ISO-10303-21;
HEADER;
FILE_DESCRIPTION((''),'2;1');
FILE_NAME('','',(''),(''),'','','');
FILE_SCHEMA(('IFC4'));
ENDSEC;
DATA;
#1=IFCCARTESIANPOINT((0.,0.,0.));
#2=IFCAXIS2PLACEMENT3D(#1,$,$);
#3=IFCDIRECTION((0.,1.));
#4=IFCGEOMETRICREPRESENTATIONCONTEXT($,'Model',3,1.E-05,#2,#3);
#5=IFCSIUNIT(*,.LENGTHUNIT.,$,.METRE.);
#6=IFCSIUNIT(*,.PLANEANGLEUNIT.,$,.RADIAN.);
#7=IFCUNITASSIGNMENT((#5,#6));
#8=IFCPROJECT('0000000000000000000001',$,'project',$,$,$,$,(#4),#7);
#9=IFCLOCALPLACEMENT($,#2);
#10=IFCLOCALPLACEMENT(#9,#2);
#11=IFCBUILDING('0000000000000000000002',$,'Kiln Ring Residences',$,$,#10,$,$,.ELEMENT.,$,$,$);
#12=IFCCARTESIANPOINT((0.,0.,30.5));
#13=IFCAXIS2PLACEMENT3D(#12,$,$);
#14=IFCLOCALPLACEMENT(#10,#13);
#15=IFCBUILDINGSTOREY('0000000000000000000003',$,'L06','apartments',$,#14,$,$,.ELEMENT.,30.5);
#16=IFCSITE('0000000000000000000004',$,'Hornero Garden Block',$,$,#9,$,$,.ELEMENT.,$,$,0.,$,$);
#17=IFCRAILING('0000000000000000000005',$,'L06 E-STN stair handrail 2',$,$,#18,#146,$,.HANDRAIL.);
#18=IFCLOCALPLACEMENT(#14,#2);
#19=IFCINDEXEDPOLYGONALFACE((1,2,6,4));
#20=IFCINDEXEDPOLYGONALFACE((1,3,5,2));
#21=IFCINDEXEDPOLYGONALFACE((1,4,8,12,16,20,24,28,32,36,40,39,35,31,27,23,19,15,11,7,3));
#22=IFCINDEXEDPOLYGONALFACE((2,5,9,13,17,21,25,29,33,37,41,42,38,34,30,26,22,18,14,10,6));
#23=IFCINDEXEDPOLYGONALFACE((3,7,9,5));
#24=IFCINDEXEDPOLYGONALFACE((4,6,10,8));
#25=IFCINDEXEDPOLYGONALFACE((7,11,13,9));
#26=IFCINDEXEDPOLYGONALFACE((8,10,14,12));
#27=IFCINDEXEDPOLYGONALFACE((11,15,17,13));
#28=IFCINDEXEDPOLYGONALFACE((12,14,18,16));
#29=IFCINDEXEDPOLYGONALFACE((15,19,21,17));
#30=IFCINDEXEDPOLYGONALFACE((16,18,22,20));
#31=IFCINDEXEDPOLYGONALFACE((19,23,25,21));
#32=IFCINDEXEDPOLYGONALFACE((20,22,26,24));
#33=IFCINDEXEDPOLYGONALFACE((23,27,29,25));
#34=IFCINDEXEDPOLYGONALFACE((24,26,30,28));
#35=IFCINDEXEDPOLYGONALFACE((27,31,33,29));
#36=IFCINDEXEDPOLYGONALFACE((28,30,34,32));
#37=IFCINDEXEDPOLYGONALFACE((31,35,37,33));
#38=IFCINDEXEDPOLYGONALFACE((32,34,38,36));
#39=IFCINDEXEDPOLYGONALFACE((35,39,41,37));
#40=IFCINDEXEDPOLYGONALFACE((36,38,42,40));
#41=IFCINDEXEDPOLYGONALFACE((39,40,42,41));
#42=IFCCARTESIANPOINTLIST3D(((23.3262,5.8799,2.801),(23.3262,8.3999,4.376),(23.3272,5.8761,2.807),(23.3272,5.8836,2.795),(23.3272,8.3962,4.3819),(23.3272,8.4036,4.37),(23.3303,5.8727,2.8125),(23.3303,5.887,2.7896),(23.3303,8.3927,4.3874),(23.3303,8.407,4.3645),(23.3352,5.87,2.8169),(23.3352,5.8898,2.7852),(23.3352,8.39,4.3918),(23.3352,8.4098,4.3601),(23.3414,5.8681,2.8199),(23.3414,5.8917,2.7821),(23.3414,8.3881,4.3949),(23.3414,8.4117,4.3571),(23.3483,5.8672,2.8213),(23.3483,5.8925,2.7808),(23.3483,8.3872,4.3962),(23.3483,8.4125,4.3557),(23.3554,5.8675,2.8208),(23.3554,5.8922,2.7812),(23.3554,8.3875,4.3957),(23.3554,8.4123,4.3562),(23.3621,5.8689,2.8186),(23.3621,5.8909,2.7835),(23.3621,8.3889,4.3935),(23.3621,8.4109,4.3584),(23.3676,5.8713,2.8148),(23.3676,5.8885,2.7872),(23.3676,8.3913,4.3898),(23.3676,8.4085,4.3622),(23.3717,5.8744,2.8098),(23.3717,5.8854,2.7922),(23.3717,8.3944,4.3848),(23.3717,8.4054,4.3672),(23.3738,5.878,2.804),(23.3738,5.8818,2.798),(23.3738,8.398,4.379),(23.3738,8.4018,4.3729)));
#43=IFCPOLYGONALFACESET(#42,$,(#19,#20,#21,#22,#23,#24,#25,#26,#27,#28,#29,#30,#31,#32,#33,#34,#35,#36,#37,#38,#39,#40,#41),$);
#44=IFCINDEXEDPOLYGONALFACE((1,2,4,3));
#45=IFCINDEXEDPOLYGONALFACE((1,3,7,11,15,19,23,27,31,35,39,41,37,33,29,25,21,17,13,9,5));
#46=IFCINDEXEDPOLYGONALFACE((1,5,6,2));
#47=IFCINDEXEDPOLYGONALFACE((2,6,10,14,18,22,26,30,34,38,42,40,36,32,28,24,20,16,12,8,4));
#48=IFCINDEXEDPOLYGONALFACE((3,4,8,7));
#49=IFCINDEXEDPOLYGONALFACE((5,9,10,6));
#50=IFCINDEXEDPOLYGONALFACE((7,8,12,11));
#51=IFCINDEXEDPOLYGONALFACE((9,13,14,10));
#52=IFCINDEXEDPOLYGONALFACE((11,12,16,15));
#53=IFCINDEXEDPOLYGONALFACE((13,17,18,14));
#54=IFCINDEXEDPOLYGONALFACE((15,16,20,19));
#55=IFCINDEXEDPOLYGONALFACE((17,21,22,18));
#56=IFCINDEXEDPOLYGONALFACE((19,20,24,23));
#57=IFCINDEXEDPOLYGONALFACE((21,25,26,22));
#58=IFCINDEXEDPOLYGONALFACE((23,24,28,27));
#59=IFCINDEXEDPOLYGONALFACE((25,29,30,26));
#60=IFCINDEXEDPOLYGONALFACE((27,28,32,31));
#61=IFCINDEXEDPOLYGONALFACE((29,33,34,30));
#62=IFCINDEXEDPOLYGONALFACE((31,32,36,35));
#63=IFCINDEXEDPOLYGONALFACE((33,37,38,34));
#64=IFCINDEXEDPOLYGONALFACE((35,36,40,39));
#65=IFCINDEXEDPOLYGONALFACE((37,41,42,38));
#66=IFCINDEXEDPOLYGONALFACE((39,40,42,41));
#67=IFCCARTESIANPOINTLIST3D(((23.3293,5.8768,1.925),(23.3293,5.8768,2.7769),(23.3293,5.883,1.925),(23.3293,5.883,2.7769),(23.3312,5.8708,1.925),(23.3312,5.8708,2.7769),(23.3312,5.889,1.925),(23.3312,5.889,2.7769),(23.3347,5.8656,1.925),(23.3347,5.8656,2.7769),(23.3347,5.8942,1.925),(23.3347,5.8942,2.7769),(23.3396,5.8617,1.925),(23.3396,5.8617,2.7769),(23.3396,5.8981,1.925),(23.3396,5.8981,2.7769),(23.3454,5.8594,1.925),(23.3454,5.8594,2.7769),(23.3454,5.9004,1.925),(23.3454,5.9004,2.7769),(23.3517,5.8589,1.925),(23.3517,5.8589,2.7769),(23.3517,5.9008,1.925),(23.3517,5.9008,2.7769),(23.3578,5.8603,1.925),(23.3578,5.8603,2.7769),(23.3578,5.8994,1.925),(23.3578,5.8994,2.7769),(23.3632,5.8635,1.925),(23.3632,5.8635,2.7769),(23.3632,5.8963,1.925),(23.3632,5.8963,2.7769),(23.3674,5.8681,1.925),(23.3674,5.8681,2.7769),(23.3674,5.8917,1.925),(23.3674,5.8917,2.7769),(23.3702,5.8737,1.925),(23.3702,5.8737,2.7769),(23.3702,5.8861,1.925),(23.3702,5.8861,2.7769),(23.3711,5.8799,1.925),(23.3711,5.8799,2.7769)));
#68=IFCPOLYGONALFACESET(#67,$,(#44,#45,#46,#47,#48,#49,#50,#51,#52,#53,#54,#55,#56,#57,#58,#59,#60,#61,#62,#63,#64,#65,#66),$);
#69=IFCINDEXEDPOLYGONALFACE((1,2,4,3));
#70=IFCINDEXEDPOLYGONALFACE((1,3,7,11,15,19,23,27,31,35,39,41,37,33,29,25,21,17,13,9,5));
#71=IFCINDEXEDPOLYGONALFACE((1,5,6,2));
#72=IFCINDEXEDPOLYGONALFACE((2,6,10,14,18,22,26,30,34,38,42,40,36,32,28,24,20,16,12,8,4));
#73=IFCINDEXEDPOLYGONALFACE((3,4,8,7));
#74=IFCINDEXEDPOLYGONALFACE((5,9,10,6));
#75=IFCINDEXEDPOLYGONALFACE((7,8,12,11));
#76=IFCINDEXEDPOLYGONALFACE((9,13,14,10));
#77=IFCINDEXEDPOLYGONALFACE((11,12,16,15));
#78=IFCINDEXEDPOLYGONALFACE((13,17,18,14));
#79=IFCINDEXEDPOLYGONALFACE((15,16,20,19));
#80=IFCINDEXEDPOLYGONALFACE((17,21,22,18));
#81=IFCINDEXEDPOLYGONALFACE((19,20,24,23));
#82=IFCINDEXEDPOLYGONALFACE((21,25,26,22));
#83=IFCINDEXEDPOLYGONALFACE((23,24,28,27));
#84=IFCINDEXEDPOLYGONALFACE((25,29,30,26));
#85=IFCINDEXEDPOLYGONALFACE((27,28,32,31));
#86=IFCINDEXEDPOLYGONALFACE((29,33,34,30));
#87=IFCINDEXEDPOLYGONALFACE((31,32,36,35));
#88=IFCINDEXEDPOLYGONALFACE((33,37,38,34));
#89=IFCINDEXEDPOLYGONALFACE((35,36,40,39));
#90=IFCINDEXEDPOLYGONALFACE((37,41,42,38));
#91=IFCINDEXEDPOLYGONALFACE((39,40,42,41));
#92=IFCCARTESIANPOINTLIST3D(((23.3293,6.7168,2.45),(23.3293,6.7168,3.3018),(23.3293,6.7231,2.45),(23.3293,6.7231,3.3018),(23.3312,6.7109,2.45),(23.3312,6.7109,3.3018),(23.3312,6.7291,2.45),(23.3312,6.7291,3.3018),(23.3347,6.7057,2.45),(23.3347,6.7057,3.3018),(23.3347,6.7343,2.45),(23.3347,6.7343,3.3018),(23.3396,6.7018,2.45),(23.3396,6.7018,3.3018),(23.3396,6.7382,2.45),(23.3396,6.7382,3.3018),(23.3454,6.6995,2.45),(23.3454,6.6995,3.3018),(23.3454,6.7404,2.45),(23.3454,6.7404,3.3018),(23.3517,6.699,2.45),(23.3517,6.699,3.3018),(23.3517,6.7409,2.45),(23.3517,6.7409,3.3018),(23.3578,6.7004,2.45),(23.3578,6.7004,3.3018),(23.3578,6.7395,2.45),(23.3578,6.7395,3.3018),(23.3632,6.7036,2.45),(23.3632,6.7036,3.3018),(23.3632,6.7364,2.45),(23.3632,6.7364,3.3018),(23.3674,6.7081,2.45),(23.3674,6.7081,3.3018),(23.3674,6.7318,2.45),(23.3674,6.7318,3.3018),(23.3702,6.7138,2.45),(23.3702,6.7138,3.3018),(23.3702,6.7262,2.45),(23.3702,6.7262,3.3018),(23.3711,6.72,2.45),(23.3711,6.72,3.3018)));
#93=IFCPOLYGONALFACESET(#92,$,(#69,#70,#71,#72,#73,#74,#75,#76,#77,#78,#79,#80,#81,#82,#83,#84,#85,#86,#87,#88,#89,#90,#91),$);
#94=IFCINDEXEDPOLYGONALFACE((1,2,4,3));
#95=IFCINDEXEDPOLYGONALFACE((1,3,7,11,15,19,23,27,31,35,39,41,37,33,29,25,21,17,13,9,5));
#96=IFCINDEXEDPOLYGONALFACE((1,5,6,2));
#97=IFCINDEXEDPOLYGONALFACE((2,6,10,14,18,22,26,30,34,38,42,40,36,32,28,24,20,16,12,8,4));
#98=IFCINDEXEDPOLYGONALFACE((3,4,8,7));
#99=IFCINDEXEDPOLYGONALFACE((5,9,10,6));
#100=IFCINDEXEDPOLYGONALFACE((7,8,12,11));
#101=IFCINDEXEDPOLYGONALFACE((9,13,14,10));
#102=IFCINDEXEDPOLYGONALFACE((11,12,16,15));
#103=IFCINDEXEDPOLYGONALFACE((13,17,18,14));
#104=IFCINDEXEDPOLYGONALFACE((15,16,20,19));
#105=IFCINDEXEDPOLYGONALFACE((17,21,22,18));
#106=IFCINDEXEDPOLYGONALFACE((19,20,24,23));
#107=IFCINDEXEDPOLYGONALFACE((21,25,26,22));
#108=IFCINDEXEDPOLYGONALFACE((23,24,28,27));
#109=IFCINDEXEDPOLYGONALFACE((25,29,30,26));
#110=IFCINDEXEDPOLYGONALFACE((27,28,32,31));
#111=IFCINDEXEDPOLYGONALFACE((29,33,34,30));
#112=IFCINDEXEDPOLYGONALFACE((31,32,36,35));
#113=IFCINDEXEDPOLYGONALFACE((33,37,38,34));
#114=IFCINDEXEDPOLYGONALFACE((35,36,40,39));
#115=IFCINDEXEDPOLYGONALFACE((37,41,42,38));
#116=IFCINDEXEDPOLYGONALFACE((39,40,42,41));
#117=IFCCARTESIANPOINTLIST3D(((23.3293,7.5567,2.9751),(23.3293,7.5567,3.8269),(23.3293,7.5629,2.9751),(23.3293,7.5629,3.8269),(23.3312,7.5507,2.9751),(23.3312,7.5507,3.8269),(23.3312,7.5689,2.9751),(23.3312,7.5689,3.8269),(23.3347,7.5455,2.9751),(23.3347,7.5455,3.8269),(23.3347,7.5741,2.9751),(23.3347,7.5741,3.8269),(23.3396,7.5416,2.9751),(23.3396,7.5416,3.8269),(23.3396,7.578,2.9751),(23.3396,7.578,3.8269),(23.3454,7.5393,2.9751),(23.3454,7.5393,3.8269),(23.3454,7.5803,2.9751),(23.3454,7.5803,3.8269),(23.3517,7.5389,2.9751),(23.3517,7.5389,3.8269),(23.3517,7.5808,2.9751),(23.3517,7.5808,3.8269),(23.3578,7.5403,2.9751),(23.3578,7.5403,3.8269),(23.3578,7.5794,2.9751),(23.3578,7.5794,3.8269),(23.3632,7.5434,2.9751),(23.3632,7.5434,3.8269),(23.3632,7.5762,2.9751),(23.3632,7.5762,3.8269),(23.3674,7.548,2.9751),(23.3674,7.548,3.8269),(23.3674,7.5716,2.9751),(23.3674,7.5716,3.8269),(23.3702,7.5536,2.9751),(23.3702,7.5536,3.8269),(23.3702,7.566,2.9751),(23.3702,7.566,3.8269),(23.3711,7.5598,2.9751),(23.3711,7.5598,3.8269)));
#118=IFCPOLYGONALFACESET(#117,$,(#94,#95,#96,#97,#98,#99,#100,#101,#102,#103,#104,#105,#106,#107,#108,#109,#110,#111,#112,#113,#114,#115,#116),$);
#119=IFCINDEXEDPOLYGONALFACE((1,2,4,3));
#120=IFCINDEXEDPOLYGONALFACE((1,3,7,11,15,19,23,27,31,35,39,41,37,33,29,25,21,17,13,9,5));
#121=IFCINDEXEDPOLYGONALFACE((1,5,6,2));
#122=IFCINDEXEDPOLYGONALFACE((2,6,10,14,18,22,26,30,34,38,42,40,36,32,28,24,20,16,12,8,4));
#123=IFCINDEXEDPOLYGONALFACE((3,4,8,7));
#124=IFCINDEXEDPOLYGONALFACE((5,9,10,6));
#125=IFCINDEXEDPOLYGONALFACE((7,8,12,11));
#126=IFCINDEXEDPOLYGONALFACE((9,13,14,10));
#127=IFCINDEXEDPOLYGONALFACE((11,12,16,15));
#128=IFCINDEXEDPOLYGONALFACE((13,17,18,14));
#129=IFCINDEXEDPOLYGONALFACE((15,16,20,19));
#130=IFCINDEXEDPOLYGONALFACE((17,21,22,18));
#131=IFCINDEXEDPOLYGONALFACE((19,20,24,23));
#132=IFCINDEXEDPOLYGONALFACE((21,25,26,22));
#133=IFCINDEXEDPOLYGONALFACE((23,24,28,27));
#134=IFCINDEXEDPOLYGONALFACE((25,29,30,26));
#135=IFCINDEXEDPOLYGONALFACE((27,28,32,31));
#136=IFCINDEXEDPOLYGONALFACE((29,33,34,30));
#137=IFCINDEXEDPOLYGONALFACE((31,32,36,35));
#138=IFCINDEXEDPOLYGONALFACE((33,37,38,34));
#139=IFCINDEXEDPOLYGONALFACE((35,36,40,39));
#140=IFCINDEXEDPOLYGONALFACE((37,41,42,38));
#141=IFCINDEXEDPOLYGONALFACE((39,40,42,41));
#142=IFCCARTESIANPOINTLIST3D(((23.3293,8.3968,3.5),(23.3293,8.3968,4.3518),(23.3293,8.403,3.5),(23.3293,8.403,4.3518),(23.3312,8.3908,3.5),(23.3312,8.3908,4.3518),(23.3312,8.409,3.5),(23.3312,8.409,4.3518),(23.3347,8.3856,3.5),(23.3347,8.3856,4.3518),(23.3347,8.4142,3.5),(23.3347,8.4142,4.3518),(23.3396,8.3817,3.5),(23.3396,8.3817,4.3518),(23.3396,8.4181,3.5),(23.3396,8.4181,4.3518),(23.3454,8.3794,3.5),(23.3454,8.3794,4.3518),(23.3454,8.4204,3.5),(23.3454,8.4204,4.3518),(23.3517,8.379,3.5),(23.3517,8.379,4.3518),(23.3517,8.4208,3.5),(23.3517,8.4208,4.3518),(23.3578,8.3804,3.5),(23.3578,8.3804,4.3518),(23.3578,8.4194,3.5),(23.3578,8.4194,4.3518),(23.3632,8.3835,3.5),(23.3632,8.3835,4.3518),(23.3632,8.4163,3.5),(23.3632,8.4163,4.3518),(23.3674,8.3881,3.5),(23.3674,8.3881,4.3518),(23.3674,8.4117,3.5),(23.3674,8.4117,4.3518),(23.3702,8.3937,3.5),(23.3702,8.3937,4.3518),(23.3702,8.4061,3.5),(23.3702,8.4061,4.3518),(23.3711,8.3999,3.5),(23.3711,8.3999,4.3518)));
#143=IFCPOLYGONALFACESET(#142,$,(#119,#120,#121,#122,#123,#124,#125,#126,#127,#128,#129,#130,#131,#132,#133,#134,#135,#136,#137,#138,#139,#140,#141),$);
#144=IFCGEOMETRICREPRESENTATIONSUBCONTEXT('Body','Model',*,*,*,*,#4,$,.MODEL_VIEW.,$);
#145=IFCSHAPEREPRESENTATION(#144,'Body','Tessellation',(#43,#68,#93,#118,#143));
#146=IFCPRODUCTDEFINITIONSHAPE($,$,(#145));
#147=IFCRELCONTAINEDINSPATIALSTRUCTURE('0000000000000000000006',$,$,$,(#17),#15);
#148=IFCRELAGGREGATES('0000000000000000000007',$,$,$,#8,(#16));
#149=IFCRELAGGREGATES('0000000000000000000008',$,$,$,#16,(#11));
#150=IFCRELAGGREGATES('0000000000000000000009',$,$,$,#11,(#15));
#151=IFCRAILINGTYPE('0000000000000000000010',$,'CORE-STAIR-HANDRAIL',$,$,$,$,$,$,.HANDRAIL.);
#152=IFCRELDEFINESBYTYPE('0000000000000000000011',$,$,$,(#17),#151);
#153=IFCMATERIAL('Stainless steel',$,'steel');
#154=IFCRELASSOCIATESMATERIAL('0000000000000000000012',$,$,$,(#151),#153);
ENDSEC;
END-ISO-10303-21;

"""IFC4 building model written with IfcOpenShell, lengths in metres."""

from ifc_helpers import new_model, si_unit, direction, frame, origin, origin_2d, place, context, subcontext, project, spatial, circle, extrude, material, type_object, element, save


model = new_model("IFC4")

# Units and contexts
model_context = context("Model", 3, precision=1e-05, world=origin(), true_north=direction((0.0, 1.0)))
body_context = subcontext(model_context, "Body", "Model", "MODEL_VIEW")
ifc_project = project(units=[si_unit("LENGTHUNIT", "METRE"), si_unit("PLANEANGLEUNIT", "RADIAN")], contexts=[model_context])

# Site, building, storey
site_placement = place(None, origin())
site = spatial("IfcSite", under=ifc_project, at=site_placement, Name="Hornero Garden Block", CompositionType="ELEMENT", RefElevation=0.0)
building_placement = place(site_placement, origin())
building = spatial("IfcBuilding", under=site, at=building_placement, Name="Kiln Ring Residences", CompositionType="ELEMENT")
storey_placement = place(building_placement, frame((0.0, 0.0, 30.5)))
storey = spatial("IfcBuildingStorey", under=building, at=storey_placement, Name="L06", Description="apartments", CompositionType="ELEMENT", Elevation=30.5)

# Railing
ifc_material_1 = material(Name="Stainless steel", Category="steel")
railing_type_1 = type_object("IfcRailingType", Name="CORE-STAIR-HANDRAIL", PredefinedType="HANDRAIL", material=ifc_material_1)
railing_1_placement = place(storey_placement, frame((23.3501, 5.8799, 1.925)))
element("IfcRailing", 1, at=railing_1_placement, inside=storey, type_object=railing_type_1, Name="L06 E-STN stair handrail 2", PredefinedType="HANDRAIL", context=body_context, shape_type="SweptSolid", body=[
    extrude(circle(Radius=0.0239, at=origin_2d()), frame((0.0, 0.0, 0.876), z_axis=(0.0, 0.848008, 0.529984), x_axis=(-1.0, 0.0, 0.0)), (0.0, 0.0, 1.0), 2.9717),
    extrude(circle(Radius=0.021, at=origin_2d()), origin(), (0.0, 0.0, 1.0), 0.8518),
    extrude(circle(Radius=0.021, at=origin_2d()), frame((0.0, 0.8401, 0.5249)), (0.0, 0.0, 1.0), 0.8518),
    extrude(circle(Radius=0.021, at=origin_2d()), frame((0.0, 1.6799, 1.05)), (0.0, 0.0, 1.0), 0.8518),
    extrude(circle(Radius=0.021, at=origin_2d()), frame((0.0, 2.52, 1.575)), (0.0, 0.0, 1.0), 0.8518),
])

save(model, "model.ifc")
